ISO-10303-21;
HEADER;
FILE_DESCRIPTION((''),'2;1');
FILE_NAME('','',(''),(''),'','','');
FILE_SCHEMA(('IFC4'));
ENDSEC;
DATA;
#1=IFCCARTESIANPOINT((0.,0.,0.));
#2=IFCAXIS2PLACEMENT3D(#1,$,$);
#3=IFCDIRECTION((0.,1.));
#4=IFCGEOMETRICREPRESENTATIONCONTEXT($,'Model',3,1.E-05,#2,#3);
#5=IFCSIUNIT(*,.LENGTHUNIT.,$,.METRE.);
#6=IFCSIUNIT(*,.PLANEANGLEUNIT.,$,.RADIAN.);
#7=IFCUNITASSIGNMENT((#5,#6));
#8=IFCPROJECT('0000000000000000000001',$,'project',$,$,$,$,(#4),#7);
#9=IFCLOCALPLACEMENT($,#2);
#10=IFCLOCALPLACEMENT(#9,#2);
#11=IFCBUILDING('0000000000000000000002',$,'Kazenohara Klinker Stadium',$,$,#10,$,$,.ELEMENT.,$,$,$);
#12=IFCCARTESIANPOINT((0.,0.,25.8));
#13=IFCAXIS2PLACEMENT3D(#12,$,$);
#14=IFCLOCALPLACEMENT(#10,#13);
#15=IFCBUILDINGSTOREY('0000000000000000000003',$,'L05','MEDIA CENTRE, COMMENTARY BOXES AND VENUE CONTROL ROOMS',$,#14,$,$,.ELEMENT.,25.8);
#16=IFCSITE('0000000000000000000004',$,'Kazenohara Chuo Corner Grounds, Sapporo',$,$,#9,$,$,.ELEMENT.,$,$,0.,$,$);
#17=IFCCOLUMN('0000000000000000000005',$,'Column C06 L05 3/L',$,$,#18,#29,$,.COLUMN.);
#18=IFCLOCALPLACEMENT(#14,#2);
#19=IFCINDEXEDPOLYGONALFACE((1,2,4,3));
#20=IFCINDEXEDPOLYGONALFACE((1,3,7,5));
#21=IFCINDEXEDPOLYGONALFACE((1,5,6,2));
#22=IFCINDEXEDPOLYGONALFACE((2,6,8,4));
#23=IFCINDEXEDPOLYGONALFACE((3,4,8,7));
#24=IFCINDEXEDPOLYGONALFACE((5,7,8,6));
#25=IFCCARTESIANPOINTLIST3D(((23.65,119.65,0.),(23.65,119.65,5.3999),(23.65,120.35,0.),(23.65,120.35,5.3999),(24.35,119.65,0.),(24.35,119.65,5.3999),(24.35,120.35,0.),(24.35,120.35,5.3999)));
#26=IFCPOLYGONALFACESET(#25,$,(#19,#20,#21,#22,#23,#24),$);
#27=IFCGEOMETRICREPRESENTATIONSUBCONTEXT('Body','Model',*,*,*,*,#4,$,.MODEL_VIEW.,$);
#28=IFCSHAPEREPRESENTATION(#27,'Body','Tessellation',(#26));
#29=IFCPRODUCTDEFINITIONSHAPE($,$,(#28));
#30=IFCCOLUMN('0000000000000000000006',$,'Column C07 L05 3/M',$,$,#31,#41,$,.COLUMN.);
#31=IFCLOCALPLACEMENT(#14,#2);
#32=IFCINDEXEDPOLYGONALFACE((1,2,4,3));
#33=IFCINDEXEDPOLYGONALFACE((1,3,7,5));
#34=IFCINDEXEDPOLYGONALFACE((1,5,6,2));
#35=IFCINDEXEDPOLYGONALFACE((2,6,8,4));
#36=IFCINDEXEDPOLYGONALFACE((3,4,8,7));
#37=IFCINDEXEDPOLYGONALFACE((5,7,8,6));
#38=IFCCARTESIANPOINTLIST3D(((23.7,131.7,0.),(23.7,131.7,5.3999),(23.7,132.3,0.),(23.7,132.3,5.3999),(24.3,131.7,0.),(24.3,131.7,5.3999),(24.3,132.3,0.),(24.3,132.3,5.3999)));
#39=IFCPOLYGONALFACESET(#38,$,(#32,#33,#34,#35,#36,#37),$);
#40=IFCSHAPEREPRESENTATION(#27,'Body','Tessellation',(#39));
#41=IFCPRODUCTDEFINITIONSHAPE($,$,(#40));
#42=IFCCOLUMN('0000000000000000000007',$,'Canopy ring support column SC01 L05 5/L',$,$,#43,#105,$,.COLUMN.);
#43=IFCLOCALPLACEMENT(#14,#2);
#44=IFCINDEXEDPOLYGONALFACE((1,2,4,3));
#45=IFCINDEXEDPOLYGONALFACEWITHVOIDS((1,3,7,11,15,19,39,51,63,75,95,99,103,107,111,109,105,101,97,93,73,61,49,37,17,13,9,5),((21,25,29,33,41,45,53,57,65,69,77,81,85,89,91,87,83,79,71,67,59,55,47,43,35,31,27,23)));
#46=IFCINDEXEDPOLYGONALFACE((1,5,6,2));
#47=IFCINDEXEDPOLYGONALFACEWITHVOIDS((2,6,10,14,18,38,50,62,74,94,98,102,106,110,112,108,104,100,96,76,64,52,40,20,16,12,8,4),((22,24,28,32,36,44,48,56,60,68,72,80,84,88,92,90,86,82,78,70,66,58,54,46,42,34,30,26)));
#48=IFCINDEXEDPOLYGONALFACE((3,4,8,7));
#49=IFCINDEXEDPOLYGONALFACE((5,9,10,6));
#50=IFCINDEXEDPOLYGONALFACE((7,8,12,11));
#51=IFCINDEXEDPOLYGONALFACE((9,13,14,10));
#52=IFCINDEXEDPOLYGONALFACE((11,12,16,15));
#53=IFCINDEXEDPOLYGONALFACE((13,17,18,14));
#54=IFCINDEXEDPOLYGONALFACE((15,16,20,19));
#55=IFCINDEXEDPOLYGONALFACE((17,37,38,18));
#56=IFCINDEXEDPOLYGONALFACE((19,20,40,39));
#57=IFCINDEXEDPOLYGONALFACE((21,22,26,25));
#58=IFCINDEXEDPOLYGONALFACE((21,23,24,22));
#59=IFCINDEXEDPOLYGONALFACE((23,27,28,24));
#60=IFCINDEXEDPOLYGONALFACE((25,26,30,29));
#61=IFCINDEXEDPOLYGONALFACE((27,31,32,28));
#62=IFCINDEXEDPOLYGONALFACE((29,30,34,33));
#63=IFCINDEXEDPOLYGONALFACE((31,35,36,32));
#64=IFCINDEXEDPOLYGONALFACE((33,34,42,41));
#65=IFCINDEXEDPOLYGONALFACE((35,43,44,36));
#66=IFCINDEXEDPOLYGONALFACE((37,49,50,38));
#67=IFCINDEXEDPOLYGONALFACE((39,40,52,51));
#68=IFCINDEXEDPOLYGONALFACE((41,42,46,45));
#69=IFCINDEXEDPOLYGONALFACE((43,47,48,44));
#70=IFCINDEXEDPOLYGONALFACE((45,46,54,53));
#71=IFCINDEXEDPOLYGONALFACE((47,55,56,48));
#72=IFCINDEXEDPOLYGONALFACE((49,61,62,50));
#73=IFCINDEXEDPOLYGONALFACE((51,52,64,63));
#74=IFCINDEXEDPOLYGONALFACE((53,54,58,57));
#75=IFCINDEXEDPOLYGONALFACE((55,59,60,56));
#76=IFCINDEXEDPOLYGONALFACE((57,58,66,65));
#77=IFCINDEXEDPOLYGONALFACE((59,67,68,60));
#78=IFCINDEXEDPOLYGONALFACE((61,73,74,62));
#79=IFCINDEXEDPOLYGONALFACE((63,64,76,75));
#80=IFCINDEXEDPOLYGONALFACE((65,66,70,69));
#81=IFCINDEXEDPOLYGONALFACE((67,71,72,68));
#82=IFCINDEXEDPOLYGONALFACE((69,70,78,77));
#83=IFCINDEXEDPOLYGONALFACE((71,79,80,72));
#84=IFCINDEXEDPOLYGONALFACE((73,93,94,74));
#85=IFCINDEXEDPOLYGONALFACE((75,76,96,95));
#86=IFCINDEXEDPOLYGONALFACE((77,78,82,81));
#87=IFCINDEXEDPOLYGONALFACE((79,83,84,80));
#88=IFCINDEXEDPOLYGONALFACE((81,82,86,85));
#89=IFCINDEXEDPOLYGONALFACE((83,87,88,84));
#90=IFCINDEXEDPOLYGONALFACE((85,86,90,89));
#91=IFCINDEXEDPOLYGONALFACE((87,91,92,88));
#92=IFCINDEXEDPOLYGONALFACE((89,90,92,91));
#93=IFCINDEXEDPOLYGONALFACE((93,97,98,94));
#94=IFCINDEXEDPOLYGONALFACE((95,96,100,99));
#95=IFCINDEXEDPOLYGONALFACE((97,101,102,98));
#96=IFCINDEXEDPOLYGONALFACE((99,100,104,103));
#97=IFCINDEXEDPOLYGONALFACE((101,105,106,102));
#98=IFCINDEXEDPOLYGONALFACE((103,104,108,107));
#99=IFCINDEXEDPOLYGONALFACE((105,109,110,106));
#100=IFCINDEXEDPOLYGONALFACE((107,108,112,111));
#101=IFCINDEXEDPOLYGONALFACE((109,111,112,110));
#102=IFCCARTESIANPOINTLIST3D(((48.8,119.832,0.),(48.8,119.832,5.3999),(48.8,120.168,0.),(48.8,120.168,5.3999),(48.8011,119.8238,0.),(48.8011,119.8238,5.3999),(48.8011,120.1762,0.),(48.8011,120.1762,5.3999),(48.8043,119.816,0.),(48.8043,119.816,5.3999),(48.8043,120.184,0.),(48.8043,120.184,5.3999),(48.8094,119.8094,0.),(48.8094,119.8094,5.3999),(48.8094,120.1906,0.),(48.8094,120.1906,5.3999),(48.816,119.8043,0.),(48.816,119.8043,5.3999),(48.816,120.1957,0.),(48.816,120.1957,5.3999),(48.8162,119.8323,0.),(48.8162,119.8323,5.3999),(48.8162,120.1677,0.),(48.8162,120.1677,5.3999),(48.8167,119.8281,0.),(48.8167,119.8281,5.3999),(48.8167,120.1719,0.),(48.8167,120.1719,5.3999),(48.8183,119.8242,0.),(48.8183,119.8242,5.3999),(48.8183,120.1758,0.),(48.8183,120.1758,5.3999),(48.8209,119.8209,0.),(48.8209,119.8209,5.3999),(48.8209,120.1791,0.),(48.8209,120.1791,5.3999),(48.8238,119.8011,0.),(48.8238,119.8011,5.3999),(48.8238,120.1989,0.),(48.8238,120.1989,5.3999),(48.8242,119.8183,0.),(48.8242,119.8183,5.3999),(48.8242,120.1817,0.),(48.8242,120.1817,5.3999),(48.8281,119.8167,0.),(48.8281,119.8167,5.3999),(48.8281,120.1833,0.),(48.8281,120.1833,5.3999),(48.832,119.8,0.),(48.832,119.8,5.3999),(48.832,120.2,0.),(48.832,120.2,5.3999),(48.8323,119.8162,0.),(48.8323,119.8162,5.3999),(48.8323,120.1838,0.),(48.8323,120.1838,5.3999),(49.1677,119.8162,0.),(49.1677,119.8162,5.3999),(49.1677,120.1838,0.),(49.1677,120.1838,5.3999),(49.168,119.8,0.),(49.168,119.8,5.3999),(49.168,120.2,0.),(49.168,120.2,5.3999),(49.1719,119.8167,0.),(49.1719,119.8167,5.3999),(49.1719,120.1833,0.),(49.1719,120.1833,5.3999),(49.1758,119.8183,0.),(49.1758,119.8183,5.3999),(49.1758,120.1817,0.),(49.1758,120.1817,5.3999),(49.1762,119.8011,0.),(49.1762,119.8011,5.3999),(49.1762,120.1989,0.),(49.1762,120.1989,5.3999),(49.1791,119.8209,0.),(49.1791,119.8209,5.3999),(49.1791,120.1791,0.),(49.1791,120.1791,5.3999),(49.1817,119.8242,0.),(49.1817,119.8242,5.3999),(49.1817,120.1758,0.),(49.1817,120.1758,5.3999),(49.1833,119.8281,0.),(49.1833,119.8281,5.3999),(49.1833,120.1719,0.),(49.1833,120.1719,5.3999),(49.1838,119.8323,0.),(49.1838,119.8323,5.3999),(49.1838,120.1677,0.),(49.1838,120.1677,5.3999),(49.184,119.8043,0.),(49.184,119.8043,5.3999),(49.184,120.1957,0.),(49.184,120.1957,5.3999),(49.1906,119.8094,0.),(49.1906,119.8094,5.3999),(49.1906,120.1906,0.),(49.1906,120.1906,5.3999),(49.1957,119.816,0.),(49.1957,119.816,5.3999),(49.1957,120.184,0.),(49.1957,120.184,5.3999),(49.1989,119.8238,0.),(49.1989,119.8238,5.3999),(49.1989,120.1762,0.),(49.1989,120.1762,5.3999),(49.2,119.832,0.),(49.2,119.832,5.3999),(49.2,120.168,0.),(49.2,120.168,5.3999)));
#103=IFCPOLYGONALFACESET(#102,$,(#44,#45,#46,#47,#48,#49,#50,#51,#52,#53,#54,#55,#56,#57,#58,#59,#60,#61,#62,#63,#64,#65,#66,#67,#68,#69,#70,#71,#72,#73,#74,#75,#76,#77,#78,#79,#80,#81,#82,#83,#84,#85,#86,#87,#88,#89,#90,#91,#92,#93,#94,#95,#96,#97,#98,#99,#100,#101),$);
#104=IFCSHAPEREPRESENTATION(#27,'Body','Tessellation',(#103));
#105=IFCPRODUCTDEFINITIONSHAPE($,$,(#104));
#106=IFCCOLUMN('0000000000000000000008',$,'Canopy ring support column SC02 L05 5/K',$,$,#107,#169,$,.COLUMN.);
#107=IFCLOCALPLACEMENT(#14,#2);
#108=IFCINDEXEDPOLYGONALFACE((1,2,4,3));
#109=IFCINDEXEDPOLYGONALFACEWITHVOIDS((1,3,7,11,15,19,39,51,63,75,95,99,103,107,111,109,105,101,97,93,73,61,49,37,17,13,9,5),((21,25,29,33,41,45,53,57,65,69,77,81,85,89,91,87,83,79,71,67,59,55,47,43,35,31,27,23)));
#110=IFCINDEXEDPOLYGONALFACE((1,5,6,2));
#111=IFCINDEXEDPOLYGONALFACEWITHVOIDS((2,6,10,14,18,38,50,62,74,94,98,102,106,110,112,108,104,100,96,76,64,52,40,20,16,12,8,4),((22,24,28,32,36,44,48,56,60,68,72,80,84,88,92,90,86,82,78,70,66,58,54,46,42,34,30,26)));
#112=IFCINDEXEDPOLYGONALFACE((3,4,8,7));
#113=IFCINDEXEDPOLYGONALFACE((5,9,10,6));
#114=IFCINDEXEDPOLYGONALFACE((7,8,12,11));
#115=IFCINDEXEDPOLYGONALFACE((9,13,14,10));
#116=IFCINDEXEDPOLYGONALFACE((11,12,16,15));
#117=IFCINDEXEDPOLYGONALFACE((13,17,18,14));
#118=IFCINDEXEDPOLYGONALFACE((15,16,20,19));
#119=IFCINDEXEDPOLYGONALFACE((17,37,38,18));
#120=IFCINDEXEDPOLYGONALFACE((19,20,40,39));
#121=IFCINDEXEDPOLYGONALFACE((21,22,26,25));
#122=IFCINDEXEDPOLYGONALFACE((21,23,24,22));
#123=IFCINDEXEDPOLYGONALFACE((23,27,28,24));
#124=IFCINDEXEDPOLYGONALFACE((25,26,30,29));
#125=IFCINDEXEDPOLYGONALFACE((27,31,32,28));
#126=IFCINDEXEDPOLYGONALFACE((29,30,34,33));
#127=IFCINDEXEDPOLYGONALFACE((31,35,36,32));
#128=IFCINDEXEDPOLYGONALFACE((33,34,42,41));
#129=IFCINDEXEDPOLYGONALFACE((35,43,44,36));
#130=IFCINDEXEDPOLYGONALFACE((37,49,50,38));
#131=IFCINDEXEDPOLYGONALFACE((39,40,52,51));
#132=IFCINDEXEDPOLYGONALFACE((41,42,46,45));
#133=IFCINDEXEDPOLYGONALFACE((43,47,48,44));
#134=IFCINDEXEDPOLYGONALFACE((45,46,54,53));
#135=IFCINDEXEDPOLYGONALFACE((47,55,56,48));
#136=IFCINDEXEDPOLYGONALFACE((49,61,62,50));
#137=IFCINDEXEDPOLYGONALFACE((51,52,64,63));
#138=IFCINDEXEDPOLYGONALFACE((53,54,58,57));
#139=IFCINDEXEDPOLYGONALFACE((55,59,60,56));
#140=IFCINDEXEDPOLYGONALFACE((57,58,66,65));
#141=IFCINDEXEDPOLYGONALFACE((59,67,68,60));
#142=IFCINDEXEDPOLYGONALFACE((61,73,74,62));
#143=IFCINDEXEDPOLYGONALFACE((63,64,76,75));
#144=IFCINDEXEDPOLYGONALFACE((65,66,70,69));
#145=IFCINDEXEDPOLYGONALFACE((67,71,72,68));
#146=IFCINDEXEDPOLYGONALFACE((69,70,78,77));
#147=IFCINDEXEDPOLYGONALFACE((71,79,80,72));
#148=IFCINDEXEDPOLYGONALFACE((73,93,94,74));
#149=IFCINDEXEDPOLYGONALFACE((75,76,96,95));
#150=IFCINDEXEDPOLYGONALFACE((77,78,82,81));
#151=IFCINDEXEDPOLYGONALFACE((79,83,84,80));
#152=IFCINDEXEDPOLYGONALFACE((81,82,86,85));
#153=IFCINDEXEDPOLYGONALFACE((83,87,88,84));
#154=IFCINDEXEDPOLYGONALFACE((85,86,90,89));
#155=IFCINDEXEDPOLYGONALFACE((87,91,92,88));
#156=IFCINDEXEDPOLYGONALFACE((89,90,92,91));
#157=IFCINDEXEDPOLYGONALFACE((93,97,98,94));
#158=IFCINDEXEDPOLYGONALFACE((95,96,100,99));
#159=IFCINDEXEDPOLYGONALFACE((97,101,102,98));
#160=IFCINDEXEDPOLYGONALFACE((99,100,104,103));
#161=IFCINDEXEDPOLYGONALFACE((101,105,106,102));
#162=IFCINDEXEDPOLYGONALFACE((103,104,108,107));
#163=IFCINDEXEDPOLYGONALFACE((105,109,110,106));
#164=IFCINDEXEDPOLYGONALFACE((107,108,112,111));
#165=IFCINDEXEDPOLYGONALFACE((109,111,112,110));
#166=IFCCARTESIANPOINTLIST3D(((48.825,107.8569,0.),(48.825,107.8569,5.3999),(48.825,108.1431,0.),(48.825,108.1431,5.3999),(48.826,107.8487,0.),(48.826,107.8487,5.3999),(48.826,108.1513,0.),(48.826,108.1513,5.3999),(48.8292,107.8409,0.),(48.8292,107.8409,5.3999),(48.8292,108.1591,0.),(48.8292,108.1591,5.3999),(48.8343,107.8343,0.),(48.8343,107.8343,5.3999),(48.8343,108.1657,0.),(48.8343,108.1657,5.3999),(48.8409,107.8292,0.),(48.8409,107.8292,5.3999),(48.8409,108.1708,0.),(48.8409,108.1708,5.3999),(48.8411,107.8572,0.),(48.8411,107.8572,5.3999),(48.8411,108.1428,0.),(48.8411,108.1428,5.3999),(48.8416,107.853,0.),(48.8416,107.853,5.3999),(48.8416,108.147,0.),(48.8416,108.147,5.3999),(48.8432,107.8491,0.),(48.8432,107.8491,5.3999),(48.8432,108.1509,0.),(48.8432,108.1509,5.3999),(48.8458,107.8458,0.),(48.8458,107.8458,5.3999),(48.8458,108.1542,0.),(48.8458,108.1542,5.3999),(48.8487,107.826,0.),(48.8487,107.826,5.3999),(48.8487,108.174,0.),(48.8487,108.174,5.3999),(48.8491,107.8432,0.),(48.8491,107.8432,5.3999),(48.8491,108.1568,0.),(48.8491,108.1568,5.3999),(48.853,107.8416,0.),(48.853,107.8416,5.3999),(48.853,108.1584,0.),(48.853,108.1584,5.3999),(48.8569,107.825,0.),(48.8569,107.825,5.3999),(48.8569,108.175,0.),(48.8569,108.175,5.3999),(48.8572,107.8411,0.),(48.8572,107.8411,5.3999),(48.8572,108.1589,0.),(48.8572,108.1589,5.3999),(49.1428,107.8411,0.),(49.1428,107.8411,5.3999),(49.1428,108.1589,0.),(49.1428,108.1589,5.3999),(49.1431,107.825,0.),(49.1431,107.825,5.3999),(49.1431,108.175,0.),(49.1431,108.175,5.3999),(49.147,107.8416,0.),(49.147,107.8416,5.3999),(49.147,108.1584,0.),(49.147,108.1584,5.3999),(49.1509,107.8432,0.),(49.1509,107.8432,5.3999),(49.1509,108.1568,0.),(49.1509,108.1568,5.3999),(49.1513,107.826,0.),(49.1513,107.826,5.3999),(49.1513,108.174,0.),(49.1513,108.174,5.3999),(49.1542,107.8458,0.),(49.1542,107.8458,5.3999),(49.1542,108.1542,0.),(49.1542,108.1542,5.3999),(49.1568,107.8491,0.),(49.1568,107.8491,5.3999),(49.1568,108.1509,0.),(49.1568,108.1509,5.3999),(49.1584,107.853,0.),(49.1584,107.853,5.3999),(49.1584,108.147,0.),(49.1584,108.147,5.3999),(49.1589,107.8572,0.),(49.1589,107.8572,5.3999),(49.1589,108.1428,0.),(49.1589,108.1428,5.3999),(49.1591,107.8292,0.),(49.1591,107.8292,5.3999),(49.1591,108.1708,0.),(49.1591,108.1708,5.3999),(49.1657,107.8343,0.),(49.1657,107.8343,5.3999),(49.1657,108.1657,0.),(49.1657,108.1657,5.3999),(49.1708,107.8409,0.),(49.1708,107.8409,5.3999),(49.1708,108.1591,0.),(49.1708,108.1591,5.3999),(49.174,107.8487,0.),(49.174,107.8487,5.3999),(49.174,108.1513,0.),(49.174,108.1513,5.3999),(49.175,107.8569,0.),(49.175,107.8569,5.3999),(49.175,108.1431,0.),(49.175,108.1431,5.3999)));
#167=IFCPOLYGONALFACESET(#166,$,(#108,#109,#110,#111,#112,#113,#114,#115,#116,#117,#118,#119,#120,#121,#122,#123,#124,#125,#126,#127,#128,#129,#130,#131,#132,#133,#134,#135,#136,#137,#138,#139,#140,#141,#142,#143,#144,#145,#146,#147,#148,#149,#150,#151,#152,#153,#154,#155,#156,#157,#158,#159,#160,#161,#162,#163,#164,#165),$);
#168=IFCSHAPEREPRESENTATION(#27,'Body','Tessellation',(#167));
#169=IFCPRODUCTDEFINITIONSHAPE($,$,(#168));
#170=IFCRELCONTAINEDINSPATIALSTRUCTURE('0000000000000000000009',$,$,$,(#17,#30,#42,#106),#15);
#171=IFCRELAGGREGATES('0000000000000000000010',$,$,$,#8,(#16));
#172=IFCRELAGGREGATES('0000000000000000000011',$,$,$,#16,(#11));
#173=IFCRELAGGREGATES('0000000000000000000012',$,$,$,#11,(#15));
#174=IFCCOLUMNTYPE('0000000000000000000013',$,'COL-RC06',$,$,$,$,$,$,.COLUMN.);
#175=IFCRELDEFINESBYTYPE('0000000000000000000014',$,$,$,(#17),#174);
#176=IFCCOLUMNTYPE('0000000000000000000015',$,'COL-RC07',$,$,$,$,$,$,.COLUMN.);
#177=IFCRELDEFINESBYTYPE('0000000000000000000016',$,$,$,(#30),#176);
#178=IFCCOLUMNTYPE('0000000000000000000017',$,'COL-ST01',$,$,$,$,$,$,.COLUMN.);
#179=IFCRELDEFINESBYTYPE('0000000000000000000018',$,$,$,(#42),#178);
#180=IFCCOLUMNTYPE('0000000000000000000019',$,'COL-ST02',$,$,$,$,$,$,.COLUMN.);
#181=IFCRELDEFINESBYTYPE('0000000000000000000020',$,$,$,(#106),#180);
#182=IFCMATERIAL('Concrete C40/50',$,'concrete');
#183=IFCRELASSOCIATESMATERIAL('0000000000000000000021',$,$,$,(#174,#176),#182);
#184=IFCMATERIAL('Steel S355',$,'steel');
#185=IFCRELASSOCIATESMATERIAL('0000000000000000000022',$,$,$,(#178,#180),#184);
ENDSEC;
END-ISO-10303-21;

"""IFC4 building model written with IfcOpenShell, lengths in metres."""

from ifc_helpers import new_model, si_unit, direction, frame, origin, origin_2d, place, context, subcontext, project, spatial, rectangle, hollow_rectangle, extrude, material, material_profile, profile_set, type_object, element, save


model = new_model("IFC4")

# Units and contexts
model_context = context("Model", 3, precision=1e-05, world=origin(), true_north=direction((0.0, 1.0)))
body_context = subcontext(model_context, "Body", "Model", "MODEL_VIEW")
ifc_project = project(units=[si_unit("LENGTHUNIT", "METRE"), si_unit("PLANEANGLEUNIT", "RADIAN")], contexts=[model_context])

# Site, building, storey
site_placement = place(None, origin())
site = spatial("IfcSite", under=ifc_project, at=site_placement, Name="Kazenohara Chuo Corner Grounds, Sapporo", CompositionType="ELEMENT", RefElevation=0.0)
building_placement = place(site_placement, origin())
building = spatial("IfcBuilding", under=site, at=building_placement, Name="Kazenohara Klinker Stadium", CompositionType="ELEMENT")
storey_placement = place(building_placement, frame((0.0, 0.0, 25.8)))
storey = spatial("IfcBuildingStorey", under=building, at=storey_placement, Name="L05", Description="MEDIA CENTRE, COMMENTARY BOXES AND VENUE CONTROL ROOMS", CompositionType="ELEMENT", Elevation=25.8)

# Columns
ifc_material_1 = material(Name="Concrete C40/50", Category="concrete")
ifc_material_profile_1 = material_profile(ifc_material_1, rectangle(XDim=0.7, YDim=0.7, at=origin_2d()), Name="RC-COL-700x700")
ifc_profile_set_1 = profile_set([ifc_material_profile_1], Name="Concrete C40/50")
column_type_1 = type_object("IfcColumnType", Name="COL-RC06", PredefinedType="COLUMN", material=ifc_profile_set_1)
column_1_placement = place(storey_placement, frame((24.0, 120.0, 0.0), z_axis=(0.0, 0.0, 1.0), x_axis=(1.0, 0.0, 0.0)))
element("IfcColumn", 1, at=column_1_placement, inside=storey, type_object=column_type_1, Name="Column C06 L05 3/L", PredefinedType="COLUMN", context=body_context, shape_type="SweptSolid", body=[
    extrude(rectangle(XDim=0.7, YDim=0.7, at=origin_2d()), origin(), (0.0, 0.0, 1.0), 5.3999),
])
ifc_material_profile_2 = material_profile(ifc_material_1, rectangle(XDim=0.6001, YDim=0.6001, at=origin_2d()), Name="RC-COL-600x600")
ifc_profile_set_2 = profile_set([ifc_material_profile_2], Name="Concrete C40/50")
column_type_2 = type_object("IfcColumnType", Name="COL-RC07", PredefinedType="COLUMN", material=ifc_profile_set_2)
column_2_placement = place(storey_placement, frame((24.0, 132.0, 0.0), z_axis=(0.0, 0.0, 1.0), x_axis=(1.0, 0.0, 0.0)))
element("IfcColumn", 2, at=column_2_placement, inside=storey, type_object=column_type_2, Name="Column C07 L05 3/M", PredefinedType="COLUMN", context=body_context, shape_type="SweptSolid", body=[
    extrude(rectangle(XDim=0.6001, YDim=0.6001, at=origin_2d()), origin(), (0.0, 0.0, 1.0), 5.3999),
])
ifc_material_2 = material(Name="Steel S355", Category="steel")
ifc_material_profile_3 = material_profile(ifc_material_2, hollow_rectangle(XDim=0.3999, YDim=0.3999, WallThickness=0.0161, InnerFilletRadius=0.0161, OuterFilletRadius=0.032, at=origin_2d()), Name="SHS-400x400x16")
ifc_profile_set_3 = profile_set([ifc_material_profile_3], Name="Steel S355")
column_type_3 = type_object("IfcColumnType", Name="COL-ST01", PredefinedType="COLUMN", material=ifc_profile_set_3)
column_3_placement = place(storey_placement, frame((49.0, 120.0, 0.0), z_axis=(0.0, 0.0, 1.0), x_axis=(1.0, 0.0, 0.0)))
element("IfcColumn", 3, at=column_3_placement, inside=storey, type_object=column_type_3, Name="Canopy ring support column SC01 L05 5/L", PredefinedType="COLUMN", context=body_context, shape_type="SweptSolid", body=[
    extrude(hollow_rectangle(XDim=0.3999, YDim=0.3999, WallThickness=0.0161, InnerFilletRadius=0.0161, OuterFilletRadius=0.032, at=origin_2d()), origin(), (0.0, 0.0, 1.0), 5.3999),
])
ifc_material_profile_4 = material_profile(ifc_material_2, hollow_rectangle(XDim=0.3501, YDim=0.3501, WallThickness=0.0161, InnerFilletRadius=0.0161, OuterFilletRadius=0.032, at=origin_2d()), Name="SHS-350x350x16")
ifc_profile_set_4 = profile_set([ifc_material_profile_4], Name="Steel S355")
column_type_4 = type_object("IfcColumnType", Name="COL-ST02", PredefinedType="COLUMN", material=ifc_profile_set_4)
column_4_placement = place(storey_placement, frame((49.0, 108.0, 0.0), z_axis=(0.0, 0.0, 1.0), x_axis=(1.0, 0.0, 0.0)))
element("IfcColumn", 4, at=column_4_placement, inside=storey, type_object=column_type_4, Name="Canopy ring support column SC02 L05 5/K", PredefinedType="COLUMN", context=body_context, shape_type="SweptSolid", body=[
    extrude(hollow_rectangle(XDim=0.3501, YDim=0.3501, WallThickness=0.0161, InnerFilletRadius=0.0161, OuterFilletRadius=0.032, at=origin_2d()), origin(), (0.0, 0.0, 1.0), 5.3999),
])

save(model, "model.ifc")
